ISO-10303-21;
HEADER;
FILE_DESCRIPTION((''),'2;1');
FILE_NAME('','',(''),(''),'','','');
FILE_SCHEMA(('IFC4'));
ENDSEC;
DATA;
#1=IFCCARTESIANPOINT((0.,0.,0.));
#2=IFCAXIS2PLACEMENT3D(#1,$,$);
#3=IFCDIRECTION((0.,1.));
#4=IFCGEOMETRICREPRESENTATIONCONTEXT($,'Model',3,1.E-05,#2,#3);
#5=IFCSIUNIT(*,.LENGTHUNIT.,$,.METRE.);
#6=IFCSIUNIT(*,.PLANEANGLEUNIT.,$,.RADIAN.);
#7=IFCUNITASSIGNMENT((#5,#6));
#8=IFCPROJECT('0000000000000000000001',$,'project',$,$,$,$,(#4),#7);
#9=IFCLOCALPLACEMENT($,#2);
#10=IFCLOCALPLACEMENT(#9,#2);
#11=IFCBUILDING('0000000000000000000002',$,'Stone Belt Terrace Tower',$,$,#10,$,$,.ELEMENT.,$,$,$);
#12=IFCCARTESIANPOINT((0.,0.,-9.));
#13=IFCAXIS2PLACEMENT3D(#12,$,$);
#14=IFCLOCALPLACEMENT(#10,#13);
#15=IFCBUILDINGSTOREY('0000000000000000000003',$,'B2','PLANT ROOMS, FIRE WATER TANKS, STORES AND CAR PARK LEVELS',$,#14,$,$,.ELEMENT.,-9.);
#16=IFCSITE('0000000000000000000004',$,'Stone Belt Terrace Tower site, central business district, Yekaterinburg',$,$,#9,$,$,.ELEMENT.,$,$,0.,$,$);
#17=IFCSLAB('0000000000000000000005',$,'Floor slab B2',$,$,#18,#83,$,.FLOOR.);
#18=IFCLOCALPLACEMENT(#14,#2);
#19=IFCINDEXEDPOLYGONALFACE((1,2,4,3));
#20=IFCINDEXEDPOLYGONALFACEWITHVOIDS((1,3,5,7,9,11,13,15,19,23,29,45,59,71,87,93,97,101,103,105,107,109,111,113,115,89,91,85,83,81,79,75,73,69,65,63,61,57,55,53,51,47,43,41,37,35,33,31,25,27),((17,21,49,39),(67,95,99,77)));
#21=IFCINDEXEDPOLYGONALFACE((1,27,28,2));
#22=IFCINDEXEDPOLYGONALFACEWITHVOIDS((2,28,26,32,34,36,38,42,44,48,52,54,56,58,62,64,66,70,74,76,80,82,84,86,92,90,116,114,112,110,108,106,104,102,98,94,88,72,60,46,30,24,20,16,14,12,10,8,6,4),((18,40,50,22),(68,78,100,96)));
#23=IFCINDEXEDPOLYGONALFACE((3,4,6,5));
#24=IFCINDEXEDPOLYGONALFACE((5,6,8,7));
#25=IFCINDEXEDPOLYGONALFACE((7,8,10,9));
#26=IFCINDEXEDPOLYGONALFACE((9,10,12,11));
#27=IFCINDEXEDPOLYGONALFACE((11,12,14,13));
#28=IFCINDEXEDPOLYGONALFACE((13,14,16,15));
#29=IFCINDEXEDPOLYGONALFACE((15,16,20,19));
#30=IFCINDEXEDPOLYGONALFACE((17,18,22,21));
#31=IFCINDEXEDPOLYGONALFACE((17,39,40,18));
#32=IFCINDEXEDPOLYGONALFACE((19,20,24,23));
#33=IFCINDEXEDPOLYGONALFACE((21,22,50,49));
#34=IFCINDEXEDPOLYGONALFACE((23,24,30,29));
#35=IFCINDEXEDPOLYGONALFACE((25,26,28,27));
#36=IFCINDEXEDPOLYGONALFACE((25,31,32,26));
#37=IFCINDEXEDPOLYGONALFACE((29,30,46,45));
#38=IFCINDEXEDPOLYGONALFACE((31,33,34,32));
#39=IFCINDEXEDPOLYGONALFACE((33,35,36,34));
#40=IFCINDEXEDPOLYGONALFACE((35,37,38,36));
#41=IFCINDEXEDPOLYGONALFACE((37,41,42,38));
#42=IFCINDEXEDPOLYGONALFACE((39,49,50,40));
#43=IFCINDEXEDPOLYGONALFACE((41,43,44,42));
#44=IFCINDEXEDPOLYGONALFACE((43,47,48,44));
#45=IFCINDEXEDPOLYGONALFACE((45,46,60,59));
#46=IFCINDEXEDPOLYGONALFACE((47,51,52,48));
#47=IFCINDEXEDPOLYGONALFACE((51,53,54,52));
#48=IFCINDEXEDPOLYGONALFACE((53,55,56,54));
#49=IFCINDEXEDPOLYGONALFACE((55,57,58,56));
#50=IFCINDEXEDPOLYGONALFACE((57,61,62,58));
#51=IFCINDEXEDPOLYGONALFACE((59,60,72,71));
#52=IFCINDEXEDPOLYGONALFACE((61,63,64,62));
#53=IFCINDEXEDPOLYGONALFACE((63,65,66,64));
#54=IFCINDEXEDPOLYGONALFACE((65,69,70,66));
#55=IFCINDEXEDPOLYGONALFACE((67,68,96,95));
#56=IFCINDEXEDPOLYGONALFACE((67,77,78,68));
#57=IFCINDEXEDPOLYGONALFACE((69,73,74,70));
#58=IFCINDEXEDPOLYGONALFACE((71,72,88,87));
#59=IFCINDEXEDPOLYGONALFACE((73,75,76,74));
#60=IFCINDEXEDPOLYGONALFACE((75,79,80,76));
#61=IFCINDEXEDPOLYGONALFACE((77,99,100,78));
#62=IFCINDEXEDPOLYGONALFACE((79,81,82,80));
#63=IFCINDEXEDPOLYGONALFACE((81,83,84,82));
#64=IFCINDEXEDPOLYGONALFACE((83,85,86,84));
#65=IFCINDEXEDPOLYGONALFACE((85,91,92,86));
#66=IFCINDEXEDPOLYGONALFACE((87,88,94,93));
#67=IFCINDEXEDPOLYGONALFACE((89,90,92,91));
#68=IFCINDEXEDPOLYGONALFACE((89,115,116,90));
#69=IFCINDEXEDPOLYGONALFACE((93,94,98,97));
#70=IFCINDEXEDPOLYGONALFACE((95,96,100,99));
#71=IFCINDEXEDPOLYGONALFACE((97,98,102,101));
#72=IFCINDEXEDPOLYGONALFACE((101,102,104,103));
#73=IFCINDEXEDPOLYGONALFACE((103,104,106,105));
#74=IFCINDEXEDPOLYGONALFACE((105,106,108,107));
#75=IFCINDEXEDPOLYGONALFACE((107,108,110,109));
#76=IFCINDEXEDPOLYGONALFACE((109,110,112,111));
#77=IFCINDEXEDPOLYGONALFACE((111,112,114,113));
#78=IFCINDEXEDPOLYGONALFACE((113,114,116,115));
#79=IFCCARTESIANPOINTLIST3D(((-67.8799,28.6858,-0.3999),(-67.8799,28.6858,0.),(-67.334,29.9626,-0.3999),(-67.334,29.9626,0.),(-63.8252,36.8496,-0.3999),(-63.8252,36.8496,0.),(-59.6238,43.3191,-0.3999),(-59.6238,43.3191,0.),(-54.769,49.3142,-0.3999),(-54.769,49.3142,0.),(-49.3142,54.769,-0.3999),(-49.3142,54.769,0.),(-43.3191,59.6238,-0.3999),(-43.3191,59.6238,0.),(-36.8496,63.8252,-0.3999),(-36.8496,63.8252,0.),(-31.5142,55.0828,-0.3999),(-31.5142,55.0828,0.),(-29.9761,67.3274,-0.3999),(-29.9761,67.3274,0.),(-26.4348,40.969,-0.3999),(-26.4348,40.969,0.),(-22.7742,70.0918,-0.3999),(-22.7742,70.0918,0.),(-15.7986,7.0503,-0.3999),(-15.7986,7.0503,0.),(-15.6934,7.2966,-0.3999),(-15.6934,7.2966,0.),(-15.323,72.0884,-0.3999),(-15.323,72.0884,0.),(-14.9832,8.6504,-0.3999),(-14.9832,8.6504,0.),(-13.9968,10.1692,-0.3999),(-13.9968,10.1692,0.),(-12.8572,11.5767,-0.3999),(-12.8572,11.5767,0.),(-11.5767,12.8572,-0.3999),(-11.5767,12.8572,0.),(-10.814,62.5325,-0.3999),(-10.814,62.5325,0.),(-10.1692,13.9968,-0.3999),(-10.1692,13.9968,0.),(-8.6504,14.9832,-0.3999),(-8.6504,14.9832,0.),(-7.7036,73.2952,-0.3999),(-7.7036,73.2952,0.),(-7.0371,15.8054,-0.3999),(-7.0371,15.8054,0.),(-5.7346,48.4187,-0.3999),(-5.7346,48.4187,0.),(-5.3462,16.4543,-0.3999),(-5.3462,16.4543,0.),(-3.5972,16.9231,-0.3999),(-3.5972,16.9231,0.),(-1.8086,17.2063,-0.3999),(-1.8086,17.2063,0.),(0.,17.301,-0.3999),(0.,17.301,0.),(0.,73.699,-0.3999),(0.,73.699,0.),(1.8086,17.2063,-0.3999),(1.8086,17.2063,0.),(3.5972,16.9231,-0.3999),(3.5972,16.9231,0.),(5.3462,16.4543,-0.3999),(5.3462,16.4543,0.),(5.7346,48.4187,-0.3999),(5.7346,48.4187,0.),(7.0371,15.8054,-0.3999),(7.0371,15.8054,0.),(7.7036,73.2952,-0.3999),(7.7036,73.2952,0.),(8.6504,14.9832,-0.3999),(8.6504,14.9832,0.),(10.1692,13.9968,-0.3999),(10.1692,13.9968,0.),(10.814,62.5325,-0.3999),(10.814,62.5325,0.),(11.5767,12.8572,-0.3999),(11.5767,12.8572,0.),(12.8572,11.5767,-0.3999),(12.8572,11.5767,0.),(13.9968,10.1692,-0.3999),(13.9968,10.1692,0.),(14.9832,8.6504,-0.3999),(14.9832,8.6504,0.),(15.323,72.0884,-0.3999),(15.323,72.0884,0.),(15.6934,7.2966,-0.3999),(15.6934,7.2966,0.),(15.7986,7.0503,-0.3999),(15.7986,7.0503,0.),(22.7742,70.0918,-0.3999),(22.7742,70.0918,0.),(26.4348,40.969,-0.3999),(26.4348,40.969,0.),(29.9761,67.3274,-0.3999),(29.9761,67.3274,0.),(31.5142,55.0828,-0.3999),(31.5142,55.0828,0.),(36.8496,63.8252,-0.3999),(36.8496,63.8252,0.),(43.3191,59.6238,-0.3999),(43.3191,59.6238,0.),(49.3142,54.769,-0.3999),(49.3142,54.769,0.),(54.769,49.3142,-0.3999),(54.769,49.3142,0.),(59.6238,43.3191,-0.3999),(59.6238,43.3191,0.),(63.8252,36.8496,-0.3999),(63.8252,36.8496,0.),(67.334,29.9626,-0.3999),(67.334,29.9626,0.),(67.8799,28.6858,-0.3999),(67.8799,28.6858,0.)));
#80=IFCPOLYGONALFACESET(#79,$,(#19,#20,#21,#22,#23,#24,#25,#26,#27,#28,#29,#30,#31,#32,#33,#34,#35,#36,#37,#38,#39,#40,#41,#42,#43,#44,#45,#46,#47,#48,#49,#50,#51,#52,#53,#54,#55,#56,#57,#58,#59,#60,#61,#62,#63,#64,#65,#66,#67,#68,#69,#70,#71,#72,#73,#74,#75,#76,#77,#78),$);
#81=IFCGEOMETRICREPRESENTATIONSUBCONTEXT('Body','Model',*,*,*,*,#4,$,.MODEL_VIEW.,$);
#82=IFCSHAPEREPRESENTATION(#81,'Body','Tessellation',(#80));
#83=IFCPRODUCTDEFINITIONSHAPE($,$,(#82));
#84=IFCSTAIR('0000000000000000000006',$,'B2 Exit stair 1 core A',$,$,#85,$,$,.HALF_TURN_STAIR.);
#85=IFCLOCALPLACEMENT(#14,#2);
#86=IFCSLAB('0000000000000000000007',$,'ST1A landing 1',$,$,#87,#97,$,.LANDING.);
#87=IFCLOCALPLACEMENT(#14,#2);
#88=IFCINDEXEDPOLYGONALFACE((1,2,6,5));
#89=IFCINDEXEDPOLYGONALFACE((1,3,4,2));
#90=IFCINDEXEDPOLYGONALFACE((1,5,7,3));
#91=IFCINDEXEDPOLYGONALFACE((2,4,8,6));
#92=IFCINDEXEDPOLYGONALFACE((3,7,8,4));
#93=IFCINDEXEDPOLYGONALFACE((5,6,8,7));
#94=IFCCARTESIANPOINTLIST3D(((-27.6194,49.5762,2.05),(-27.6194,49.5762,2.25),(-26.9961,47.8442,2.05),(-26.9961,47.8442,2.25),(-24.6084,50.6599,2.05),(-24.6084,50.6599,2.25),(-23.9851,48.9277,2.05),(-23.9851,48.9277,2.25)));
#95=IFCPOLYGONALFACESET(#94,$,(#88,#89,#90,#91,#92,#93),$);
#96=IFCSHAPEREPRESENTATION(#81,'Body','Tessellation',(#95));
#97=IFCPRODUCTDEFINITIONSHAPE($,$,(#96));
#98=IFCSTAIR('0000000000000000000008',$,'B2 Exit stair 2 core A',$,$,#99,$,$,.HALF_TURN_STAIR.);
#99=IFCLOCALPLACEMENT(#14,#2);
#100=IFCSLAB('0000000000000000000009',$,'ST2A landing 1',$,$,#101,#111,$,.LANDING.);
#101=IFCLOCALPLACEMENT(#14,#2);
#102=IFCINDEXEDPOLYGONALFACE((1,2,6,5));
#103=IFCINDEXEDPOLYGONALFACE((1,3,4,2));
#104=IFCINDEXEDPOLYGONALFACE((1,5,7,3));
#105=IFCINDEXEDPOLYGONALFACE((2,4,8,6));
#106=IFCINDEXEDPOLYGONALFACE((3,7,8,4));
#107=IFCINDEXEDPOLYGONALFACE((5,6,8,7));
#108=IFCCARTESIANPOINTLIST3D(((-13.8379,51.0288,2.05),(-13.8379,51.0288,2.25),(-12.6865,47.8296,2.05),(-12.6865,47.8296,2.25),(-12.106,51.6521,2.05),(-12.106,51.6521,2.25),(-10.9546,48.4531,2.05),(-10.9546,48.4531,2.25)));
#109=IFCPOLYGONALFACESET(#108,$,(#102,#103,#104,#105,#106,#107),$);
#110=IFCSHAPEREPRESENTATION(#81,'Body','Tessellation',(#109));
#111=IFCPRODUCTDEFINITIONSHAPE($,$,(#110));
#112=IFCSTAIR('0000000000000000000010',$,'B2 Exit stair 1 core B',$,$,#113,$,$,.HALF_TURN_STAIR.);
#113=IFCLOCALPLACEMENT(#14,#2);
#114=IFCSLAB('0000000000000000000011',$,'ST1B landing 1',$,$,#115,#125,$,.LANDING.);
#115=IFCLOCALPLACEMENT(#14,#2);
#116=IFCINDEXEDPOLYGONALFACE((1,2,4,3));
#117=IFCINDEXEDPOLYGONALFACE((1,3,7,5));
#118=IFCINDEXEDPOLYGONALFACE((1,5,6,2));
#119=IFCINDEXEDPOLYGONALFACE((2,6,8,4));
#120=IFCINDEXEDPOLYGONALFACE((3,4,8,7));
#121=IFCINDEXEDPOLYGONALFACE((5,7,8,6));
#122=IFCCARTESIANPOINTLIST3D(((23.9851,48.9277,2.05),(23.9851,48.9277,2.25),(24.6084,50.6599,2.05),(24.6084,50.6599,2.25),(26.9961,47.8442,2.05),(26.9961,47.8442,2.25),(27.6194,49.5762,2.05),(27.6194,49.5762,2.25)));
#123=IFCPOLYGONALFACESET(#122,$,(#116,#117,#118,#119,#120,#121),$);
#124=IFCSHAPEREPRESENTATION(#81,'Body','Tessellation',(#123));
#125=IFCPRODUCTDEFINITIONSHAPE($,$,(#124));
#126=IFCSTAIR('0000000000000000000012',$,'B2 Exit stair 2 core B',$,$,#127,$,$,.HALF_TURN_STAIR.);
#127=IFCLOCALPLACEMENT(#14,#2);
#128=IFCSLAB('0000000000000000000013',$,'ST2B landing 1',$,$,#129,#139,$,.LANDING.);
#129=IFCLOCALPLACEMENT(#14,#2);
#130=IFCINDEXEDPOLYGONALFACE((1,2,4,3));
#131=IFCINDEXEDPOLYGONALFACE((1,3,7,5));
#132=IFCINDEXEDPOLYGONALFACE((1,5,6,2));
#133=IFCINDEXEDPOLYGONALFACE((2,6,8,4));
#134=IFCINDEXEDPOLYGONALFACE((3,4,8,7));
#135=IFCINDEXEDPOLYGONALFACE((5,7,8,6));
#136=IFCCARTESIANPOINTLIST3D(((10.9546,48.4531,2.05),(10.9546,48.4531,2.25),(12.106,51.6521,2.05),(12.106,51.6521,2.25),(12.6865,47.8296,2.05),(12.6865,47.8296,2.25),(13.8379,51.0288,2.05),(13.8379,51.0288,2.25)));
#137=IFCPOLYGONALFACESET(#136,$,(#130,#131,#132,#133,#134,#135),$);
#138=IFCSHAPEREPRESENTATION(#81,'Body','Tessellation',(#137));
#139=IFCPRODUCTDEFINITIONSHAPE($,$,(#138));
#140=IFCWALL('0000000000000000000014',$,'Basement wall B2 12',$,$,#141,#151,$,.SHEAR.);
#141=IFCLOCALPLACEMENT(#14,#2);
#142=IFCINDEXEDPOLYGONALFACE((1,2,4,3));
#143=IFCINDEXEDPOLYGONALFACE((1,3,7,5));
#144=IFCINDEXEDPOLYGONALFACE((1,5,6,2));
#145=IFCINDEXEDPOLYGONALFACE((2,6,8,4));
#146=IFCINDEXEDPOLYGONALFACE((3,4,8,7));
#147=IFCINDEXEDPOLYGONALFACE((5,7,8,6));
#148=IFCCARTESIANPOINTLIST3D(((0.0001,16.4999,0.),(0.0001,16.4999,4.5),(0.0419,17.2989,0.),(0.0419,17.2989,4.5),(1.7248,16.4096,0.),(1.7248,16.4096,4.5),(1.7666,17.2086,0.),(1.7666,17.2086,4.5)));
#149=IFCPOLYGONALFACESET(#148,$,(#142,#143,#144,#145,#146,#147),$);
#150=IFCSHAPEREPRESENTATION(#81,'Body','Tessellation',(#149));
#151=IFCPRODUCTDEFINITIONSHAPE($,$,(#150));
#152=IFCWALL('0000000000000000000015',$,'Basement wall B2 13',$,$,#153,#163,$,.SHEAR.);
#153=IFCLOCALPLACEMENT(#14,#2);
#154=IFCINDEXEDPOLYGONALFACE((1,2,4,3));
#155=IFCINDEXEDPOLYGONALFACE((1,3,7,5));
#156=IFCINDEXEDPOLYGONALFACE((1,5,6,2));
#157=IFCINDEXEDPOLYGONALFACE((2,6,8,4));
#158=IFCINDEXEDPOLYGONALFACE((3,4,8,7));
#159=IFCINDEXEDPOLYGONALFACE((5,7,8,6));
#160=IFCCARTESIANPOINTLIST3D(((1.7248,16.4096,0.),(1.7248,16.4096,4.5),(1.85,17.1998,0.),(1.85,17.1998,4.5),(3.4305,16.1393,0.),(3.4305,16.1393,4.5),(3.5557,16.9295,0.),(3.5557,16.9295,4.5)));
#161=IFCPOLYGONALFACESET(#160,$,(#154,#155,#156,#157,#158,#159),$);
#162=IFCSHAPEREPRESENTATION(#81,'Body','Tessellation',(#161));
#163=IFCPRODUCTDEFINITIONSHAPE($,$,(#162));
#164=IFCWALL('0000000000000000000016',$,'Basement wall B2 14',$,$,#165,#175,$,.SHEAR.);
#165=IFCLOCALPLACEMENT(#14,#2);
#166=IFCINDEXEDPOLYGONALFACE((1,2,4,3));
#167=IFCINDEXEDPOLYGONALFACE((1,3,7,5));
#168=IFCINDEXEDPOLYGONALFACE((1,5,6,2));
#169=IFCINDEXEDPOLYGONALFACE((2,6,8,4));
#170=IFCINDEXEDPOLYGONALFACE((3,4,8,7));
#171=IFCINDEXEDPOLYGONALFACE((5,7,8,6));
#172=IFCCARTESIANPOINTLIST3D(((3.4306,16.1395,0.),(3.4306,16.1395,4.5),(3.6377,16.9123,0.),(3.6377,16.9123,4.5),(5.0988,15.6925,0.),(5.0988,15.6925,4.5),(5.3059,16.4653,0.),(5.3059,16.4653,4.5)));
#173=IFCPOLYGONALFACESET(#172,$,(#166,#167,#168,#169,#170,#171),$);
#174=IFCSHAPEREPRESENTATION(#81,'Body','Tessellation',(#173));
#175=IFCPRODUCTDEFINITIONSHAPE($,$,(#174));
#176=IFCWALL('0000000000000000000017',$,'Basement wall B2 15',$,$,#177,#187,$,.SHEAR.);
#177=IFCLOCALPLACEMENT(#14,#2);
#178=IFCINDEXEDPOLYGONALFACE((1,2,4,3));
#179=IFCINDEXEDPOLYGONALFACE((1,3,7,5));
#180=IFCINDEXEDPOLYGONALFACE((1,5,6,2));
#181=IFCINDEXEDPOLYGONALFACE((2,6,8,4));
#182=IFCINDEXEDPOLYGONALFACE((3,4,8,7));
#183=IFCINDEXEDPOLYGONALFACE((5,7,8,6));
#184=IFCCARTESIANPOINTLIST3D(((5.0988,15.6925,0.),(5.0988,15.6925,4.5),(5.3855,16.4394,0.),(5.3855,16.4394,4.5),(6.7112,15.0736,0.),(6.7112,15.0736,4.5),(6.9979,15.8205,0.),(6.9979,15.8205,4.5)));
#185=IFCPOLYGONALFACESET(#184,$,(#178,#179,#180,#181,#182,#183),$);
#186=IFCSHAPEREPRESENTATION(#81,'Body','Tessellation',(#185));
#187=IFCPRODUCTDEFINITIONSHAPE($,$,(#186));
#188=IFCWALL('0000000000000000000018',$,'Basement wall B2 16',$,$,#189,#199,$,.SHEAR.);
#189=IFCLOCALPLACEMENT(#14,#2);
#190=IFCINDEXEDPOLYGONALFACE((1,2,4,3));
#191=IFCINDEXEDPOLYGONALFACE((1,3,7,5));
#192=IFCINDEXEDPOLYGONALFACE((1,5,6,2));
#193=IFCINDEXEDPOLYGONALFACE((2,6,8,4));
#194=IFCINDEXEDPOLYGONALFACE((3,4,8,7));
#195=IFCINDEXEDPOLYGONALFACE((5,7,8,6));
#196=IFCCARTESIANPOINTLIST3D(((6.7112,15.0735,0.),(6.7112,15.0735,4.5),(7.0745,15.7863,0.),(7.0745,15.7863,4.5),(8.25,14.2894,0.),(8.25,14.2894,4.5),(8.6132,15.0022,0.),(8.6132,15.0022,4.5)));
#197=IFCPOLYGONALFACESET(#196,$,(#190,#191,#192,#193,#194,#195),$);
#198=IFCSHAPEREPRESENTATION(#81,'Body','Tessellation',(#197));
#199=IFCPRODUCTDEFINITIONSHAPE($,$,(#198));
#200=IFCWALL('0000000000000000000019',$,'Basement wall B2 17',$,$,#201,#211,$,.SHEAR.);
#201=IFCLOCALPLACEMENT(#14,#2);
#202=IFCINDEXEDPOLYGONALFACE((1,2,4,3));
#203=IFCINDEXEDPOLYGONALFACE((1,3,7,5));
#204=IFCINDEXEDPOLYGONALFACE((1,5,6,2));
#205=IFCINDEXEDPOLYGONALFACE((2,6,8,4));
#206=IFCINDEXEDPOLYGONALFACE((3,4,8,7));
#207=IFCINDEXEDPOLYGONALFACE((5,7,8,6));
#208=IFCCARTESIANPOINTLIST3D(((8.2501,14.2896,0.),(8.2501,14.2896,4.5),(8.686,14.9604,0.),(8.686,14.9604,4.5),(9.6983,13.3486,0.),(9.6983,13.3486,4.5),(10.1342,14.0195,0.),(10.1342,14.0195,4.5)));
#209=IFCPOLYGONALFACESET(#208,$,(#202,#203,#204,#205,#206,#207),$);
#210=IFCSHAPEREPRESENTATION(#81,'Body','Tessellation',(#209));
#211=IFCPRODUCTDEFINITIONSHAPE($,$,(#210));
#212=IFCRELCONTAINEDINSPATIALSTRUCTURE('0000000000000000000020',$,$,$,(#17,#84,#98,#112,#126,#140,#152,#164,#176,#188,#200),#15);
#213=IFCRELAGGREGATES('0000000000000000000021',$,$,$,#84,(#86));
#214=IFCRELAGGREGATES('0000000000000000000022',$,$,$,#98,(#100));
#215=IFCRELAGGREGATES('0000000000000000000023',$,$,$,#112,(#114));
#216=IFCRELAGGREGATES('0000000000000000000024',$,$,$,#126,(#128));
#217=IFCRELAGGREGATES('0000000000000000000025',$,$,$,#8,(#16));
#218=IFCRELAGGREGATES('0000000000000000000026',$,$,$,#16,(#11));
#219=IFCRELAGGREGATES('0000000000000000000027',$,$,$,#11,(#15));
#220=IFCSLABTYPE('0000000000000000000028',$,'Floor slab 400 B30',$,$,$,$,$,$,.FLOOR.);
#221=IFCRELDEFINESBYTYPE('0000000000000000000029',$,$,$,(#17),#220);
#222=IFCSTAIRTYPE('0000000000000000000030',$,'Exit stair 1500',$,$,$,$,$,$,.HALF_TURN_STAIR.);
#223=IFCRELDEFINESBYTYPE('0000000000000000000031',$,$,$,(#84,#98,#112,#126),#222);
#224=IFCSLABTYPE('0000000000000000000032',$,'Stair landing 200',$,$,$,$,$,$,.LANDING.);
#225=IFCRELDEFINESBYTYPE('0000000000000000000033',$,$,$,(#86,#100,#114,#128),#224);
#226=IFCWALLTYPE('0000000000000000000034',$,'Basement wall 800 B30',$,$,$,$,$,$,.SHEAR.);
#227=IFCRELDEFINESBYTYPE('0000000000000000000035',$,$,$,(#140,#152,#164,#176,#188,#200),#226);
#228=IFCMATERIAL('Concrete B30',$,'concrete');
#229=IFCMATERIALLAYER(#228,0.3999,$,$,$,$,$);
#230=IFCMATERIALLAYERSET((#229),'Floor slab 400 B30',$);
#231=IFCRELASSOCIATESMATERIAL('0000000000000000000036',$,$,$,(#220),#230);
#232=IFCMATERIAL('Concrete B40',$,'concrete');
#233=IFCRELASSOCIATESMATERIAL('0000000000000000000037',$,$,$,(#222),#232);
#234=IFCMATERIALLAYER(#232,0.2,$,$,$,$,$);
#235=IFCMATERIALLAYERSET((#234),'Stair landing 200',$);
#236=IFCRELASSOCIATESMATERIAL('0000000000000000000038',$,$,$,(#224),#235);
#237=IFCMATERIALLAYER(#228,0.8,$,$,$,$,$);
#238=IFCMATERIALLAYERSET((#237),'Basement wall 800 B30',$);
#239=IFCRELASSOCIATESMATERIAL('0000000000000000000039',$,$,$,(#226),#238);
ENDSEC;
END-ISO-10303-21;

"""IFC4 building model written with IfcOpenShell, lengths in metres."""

from ifc_helpers import new_model, si_unit, direction, frame, frame_2d, origin, place, context, subcontext, project, spatial, polyline, rectangle, outline, extrude, material, layer, layer_set, type_object, element, aggregate, save


model = new_model("IFC4")

# Units and contexts
model_context = context("Model", 3, precision=1e-05, world=origin(), true_north=direction((0.0, 1.0)))
body_context = subcontext(model_context, "Body", "Model", "MODEL_VIEW")
ifc_project = project(units=[si_unit("LENGTHUNIT", "METRE"), si_unit("PLANEANGLEUNIT", "RADIAN")], contexts=[model_context])

# Site, building, storey
site_placement = place(None, origin())
site = spatial("IfcSite", under=ifc_project, at=site_placement, Name="Stone Belt Terrace Tower site, central business district, Yekaterinburg", CompositionType="ELEMENT", RefElevation=0.0)
building_placement = place(site_placement, origin())
building = spatial("IfcBuilding", under=site, at=building_placement, Name="Stone Belt Terrace Tower", CompositionType="ELEMENT")
storey_placement = place(building_placement, frame((0.0, 0.0, -9.0)))
storey = spatial("IfcBuildingStorey", under=building, at=storey_placement, Name="B2", Description="PLANT ROOMS, FIRE WATER TANKS, STORES AND CAR PARK LEVELS", CompositionType="ELEMENT", Elevation=-9.0)

# Shared definitions
ifc_material_1 = material(Name="Concrete B40", Category="concrete")

# Shared definitions
ifc_material_2 = material(Name="Concrete B30", Category="concrete")

# Slab
ifc_layer_1 = layer(ifc_material_2, 0.3999)
ifc_layer_set_1 = layer_set([ifc_layer_1], Name="Floor slab 400 B30")
slab_type_1 = type_object("IfcSlabType", Name="Floor slab 400 B30", PredefinedType="FLOOR", material=ifc_layer_set_1)
slab_1_placement = place(storey_placement, frame((0.0, 0.0, -0.3999)))
element("IfcSlab", 1, at=slab_1_placement, inside=storey, type_object=slab_type_1, Name="Floor slab B2", PredefinedType="FLOOR", context=body_context, shape_type="SweptSolid", body=[
    extrude(outline(polyline([(-67.334, 29.9626), (-63.8252, 36.8496), (-59.6238, 43.3191), (-54.769, 49.3142), (-49.3142, 54.769), (-43.3191, 59.6238), (-36.8496, 63.8252), (-29.9761, 67.3274), (-22.7742, 70.0918), (-15.323, 72.0884), (-7.7036, 73.2952), (0.0, 73.699), (7.7036, 73.2952), (15.323, 72.0884), (22.7742, 70.0918), (29.9761, 67.3274), (36.8496, 63.8252), (43.3191, 59.6238), (49.3142, 54.769), (54.769, 49.3142), (59.6238, 43.3191), (63.8252, 36.8496), (67.334, 29.9626), (67.8799, 28.6858), (15.6934, 7.2966), (15.7986, 7.0503), (14.9832, 8.6504), (13.9968, 10.1692), (12.8572, 11.5767), (11.5767, 12.8572), (10.1692, 13.9968), (8.6504, 14.9832), (7.0371, 15.8054), (5.3462, 16.4543), (3.5972, 16.9231), (1.8086, 17.2063), (0.0, 17.301), (-1.8086, 17.2063), (-3.5972, 16.9231), (-5.3462, 16.4543), (-7.0371, 15.8054), (-8.6504, 14.9832), (-10.1692, 13.9968), (-11.5767, 12.8572), (-12.8572, 11.5767), (-13.9968, 10.1692), (-14.9832, 8.6504), (-15.7986, 7.0503), (-15.6934, 7.2966), (-67.8799, 28.6858), (-67.334, 29.9626)]), holes=[polyline([(-10.814, 62.5325), (-31.5142, 55.0828), (-26.4348, 40.969), (-5.7346, 48.4187), (-10.814, 62.5325)]), polyline([(26.4348, 40.969), (31.5142, 55.0828), (10.814, 62.5325), (5.7346, 48.4187), (26.4348, 40.969)])]), origin(), (0.0, 0.0, 1.0), 0.3999),
])

# Stairs, slabs
stair_type_1 = type_object("IfcStairType", Name="Exit stair 1500", PredefinedType="HALF_TURN_STAIR", material=ifc_material_1)
stair_1_placement = place(storey_placement, origin())
stair_1 = element("IfcStair", 2, at=stair_1_placement, inside=storey, type_object=stair_type_1, Name="B2 Exit stair 1 core A", PredefinedType="HALF_TURN_STAIR")
ifc_layer_2 = layer(ifc_material_1, 0.2)
ifc_layer_set_2 = layer_set([ifc_layer_2], Name="Stair landing 200")
slab_type_2 = type_object("IfcSlabType", Name="Stair landing 200", PredefinedType="LANDING", material=ifc_layer_set_2)
slab_2_placement = place(storey_placement, frame((0.0, 0.0, 2.05)))
slab_2 = element("IfcSlab", 3, at=slab_2_placement, type_object=slab_type_2, Name="ST1A landing 1", PredefinedType="LANDING", context=body_context, shape_type="SweptSolid", body=[
    extrude(outline(polyline([(-23.9851, 48.9277), (-24.6084, 50.6599), (-27.6194, 49.5762), (-26.9961, 47.8442), (-23.9851, 48.9277)])), origin(), (0.0, 0.0, 1.0), 0.2),
])
aggregate(stair_1, [slab_2])
stair_2_placement = place(storey_placement, origin())
stair_2 = element("IfcStair", 4, at=stair_2_placement, inside=storey, type_object=stair_type_1, Name="B2 Exit stair 2 core A", PredefinedType="HALF_TURN_STAIR")
slab_3_placement = place(storey_placement, frame((0.0, 0.0, 2.05)))
slab_3 = element("IfcSlab", 5, at=slab_3_placement, type_object=slab_type_2, Name="ST2A landing 1", PredefinedType="LANDING", context=body_context, shape_type="SweptSolid", body=[
    extrude(outline(polyline([(-12.6865, 47.8296), (-10.9546, 48.4531), (-12.106, 51.6521), (-13.8379, 51.0288), (-12.6865, 47.8296)])), origin(), (0.0, 0.0, 1.0), 0.2),
])
aggregate(stair_2, [slab_3])
stair_3_placement = place(storey_placement, origin())
stair_3 = element("IfcStair", 6, at=stair_3_placement, inside=storey, type_object=stair_type_1, Name="B2 Exit stair 1 core B", PredefinedType="HALF_TURN_STAIR")
slab_4_placement = place(storey_placement, frame((0.0, 0.0, 2.05)))
slab_4 = element("IfcSlab", 7, at=slab_4_placement, type_object=slab_type_2, Name="ST1B landing 1", PredefinedType="LANDING", context=body_context, shape_type="SweptSolid", body=[
    extrude(outline(polyline([(26.9961, 47.8442), (27.6194, 49.5762), (24.6084, 50.6599), (23.9851, 48.9277), (26.9961, 47.8442)])), origin(), (0.0, 0.0, 1.0), 0.2),
])
aggregate(stair_3, [slab_4])
stair_4_placement = place(storey_placement, origin())
stair_4 = element("IfcStair", 8, at=stair_4_placement, inside=storey, type_object=stair_type_1, Name="B2 Exit stair 2 core B", PredefinedType="HALF_TURN_STAIR")
slab_5_placement = place(storey_placement, frame((0.0, 0.0, 2.05)))
slab_5 = element("IfcSlab", 9, at=slab_5_placement, type_object=slab_type_2, Name="ST2B landing 1", PredefinedType="LANDING", context=body_context, shape_type="SweptSolid", body=[
    extrude(outline(polyline([(13.8379, 51.0288), (12.106, 51.6521), (10.9546, 48.4531), (12.6865, 47.8296), (13.8379, 51.0288)])), origin(), (0.0, 0.0, 1.0), 0.2),
])
aggregate(stair_4, [slab_5])

# Walls
ifc_layer_3 = layer(ifc_material_2, 0.8)
ifc_layer_set_3 = layer_set([ifc_layer_3], Name="Basement wall 800 B30")
wall_type_1 = type_object("IfcWallType", Name="Basement wall 800 B30", PredefinedType="SHEAR", material=ifc_layer_set_3)
for number, where, z_axis, x_axis, name in (
    (10, (0.021, 16.8994, 0.0), (0.0, 0.0, 1.0), (0.998631, -0.052307, 0.0), "Basement wall B2 12"),
    (11, (1.7874, 16.8047, 0.0), (0.0, 0.0, 1.0), (0.98768, -0.156485, 0.0), "Basement wall B2 13"),
    (12, (3.5342, 16.5259, 0.0), (0.0, 0.0, 1.0), (0.965922, -0.258833, 0.0), "Basement wall B2 14"),
    (13, (5.2422, 16.0659, 0.0), (0.0, 0.0, 1.0), (0.933582, -0.358363, 0.0), "Basement wall B2 15"),
    (14, (6.8928, 15.4299, 0.0), (0.0, 0.0, 1.0), (0.89098, -0.454042, 0.0), "Basement wall B2 16"),
    (15, (8.468, 14.625, 0.0), (0.0, 0.0, 1.0), (0.83856, -0.544809, 0.0), "Basement wall B2 17"),
):
    element("IfcWall", number, at=place(storey_placement, frame(where, z_axis=z_axis, x_axis=x_axis)), inside=storey, type_object=wall_type_1, Name=name, PredefinedType="SHEAR", context=body_context, shape_type="SweptSolid", body=[
        extrude(rectangle(XDim=1.7271, YDim=0.8, at=frame_2d((0.8635, 0.0))), origin(), (0.0, 0.0, 1.0), 4.5),
    ])

save(model, "model.ifc")
